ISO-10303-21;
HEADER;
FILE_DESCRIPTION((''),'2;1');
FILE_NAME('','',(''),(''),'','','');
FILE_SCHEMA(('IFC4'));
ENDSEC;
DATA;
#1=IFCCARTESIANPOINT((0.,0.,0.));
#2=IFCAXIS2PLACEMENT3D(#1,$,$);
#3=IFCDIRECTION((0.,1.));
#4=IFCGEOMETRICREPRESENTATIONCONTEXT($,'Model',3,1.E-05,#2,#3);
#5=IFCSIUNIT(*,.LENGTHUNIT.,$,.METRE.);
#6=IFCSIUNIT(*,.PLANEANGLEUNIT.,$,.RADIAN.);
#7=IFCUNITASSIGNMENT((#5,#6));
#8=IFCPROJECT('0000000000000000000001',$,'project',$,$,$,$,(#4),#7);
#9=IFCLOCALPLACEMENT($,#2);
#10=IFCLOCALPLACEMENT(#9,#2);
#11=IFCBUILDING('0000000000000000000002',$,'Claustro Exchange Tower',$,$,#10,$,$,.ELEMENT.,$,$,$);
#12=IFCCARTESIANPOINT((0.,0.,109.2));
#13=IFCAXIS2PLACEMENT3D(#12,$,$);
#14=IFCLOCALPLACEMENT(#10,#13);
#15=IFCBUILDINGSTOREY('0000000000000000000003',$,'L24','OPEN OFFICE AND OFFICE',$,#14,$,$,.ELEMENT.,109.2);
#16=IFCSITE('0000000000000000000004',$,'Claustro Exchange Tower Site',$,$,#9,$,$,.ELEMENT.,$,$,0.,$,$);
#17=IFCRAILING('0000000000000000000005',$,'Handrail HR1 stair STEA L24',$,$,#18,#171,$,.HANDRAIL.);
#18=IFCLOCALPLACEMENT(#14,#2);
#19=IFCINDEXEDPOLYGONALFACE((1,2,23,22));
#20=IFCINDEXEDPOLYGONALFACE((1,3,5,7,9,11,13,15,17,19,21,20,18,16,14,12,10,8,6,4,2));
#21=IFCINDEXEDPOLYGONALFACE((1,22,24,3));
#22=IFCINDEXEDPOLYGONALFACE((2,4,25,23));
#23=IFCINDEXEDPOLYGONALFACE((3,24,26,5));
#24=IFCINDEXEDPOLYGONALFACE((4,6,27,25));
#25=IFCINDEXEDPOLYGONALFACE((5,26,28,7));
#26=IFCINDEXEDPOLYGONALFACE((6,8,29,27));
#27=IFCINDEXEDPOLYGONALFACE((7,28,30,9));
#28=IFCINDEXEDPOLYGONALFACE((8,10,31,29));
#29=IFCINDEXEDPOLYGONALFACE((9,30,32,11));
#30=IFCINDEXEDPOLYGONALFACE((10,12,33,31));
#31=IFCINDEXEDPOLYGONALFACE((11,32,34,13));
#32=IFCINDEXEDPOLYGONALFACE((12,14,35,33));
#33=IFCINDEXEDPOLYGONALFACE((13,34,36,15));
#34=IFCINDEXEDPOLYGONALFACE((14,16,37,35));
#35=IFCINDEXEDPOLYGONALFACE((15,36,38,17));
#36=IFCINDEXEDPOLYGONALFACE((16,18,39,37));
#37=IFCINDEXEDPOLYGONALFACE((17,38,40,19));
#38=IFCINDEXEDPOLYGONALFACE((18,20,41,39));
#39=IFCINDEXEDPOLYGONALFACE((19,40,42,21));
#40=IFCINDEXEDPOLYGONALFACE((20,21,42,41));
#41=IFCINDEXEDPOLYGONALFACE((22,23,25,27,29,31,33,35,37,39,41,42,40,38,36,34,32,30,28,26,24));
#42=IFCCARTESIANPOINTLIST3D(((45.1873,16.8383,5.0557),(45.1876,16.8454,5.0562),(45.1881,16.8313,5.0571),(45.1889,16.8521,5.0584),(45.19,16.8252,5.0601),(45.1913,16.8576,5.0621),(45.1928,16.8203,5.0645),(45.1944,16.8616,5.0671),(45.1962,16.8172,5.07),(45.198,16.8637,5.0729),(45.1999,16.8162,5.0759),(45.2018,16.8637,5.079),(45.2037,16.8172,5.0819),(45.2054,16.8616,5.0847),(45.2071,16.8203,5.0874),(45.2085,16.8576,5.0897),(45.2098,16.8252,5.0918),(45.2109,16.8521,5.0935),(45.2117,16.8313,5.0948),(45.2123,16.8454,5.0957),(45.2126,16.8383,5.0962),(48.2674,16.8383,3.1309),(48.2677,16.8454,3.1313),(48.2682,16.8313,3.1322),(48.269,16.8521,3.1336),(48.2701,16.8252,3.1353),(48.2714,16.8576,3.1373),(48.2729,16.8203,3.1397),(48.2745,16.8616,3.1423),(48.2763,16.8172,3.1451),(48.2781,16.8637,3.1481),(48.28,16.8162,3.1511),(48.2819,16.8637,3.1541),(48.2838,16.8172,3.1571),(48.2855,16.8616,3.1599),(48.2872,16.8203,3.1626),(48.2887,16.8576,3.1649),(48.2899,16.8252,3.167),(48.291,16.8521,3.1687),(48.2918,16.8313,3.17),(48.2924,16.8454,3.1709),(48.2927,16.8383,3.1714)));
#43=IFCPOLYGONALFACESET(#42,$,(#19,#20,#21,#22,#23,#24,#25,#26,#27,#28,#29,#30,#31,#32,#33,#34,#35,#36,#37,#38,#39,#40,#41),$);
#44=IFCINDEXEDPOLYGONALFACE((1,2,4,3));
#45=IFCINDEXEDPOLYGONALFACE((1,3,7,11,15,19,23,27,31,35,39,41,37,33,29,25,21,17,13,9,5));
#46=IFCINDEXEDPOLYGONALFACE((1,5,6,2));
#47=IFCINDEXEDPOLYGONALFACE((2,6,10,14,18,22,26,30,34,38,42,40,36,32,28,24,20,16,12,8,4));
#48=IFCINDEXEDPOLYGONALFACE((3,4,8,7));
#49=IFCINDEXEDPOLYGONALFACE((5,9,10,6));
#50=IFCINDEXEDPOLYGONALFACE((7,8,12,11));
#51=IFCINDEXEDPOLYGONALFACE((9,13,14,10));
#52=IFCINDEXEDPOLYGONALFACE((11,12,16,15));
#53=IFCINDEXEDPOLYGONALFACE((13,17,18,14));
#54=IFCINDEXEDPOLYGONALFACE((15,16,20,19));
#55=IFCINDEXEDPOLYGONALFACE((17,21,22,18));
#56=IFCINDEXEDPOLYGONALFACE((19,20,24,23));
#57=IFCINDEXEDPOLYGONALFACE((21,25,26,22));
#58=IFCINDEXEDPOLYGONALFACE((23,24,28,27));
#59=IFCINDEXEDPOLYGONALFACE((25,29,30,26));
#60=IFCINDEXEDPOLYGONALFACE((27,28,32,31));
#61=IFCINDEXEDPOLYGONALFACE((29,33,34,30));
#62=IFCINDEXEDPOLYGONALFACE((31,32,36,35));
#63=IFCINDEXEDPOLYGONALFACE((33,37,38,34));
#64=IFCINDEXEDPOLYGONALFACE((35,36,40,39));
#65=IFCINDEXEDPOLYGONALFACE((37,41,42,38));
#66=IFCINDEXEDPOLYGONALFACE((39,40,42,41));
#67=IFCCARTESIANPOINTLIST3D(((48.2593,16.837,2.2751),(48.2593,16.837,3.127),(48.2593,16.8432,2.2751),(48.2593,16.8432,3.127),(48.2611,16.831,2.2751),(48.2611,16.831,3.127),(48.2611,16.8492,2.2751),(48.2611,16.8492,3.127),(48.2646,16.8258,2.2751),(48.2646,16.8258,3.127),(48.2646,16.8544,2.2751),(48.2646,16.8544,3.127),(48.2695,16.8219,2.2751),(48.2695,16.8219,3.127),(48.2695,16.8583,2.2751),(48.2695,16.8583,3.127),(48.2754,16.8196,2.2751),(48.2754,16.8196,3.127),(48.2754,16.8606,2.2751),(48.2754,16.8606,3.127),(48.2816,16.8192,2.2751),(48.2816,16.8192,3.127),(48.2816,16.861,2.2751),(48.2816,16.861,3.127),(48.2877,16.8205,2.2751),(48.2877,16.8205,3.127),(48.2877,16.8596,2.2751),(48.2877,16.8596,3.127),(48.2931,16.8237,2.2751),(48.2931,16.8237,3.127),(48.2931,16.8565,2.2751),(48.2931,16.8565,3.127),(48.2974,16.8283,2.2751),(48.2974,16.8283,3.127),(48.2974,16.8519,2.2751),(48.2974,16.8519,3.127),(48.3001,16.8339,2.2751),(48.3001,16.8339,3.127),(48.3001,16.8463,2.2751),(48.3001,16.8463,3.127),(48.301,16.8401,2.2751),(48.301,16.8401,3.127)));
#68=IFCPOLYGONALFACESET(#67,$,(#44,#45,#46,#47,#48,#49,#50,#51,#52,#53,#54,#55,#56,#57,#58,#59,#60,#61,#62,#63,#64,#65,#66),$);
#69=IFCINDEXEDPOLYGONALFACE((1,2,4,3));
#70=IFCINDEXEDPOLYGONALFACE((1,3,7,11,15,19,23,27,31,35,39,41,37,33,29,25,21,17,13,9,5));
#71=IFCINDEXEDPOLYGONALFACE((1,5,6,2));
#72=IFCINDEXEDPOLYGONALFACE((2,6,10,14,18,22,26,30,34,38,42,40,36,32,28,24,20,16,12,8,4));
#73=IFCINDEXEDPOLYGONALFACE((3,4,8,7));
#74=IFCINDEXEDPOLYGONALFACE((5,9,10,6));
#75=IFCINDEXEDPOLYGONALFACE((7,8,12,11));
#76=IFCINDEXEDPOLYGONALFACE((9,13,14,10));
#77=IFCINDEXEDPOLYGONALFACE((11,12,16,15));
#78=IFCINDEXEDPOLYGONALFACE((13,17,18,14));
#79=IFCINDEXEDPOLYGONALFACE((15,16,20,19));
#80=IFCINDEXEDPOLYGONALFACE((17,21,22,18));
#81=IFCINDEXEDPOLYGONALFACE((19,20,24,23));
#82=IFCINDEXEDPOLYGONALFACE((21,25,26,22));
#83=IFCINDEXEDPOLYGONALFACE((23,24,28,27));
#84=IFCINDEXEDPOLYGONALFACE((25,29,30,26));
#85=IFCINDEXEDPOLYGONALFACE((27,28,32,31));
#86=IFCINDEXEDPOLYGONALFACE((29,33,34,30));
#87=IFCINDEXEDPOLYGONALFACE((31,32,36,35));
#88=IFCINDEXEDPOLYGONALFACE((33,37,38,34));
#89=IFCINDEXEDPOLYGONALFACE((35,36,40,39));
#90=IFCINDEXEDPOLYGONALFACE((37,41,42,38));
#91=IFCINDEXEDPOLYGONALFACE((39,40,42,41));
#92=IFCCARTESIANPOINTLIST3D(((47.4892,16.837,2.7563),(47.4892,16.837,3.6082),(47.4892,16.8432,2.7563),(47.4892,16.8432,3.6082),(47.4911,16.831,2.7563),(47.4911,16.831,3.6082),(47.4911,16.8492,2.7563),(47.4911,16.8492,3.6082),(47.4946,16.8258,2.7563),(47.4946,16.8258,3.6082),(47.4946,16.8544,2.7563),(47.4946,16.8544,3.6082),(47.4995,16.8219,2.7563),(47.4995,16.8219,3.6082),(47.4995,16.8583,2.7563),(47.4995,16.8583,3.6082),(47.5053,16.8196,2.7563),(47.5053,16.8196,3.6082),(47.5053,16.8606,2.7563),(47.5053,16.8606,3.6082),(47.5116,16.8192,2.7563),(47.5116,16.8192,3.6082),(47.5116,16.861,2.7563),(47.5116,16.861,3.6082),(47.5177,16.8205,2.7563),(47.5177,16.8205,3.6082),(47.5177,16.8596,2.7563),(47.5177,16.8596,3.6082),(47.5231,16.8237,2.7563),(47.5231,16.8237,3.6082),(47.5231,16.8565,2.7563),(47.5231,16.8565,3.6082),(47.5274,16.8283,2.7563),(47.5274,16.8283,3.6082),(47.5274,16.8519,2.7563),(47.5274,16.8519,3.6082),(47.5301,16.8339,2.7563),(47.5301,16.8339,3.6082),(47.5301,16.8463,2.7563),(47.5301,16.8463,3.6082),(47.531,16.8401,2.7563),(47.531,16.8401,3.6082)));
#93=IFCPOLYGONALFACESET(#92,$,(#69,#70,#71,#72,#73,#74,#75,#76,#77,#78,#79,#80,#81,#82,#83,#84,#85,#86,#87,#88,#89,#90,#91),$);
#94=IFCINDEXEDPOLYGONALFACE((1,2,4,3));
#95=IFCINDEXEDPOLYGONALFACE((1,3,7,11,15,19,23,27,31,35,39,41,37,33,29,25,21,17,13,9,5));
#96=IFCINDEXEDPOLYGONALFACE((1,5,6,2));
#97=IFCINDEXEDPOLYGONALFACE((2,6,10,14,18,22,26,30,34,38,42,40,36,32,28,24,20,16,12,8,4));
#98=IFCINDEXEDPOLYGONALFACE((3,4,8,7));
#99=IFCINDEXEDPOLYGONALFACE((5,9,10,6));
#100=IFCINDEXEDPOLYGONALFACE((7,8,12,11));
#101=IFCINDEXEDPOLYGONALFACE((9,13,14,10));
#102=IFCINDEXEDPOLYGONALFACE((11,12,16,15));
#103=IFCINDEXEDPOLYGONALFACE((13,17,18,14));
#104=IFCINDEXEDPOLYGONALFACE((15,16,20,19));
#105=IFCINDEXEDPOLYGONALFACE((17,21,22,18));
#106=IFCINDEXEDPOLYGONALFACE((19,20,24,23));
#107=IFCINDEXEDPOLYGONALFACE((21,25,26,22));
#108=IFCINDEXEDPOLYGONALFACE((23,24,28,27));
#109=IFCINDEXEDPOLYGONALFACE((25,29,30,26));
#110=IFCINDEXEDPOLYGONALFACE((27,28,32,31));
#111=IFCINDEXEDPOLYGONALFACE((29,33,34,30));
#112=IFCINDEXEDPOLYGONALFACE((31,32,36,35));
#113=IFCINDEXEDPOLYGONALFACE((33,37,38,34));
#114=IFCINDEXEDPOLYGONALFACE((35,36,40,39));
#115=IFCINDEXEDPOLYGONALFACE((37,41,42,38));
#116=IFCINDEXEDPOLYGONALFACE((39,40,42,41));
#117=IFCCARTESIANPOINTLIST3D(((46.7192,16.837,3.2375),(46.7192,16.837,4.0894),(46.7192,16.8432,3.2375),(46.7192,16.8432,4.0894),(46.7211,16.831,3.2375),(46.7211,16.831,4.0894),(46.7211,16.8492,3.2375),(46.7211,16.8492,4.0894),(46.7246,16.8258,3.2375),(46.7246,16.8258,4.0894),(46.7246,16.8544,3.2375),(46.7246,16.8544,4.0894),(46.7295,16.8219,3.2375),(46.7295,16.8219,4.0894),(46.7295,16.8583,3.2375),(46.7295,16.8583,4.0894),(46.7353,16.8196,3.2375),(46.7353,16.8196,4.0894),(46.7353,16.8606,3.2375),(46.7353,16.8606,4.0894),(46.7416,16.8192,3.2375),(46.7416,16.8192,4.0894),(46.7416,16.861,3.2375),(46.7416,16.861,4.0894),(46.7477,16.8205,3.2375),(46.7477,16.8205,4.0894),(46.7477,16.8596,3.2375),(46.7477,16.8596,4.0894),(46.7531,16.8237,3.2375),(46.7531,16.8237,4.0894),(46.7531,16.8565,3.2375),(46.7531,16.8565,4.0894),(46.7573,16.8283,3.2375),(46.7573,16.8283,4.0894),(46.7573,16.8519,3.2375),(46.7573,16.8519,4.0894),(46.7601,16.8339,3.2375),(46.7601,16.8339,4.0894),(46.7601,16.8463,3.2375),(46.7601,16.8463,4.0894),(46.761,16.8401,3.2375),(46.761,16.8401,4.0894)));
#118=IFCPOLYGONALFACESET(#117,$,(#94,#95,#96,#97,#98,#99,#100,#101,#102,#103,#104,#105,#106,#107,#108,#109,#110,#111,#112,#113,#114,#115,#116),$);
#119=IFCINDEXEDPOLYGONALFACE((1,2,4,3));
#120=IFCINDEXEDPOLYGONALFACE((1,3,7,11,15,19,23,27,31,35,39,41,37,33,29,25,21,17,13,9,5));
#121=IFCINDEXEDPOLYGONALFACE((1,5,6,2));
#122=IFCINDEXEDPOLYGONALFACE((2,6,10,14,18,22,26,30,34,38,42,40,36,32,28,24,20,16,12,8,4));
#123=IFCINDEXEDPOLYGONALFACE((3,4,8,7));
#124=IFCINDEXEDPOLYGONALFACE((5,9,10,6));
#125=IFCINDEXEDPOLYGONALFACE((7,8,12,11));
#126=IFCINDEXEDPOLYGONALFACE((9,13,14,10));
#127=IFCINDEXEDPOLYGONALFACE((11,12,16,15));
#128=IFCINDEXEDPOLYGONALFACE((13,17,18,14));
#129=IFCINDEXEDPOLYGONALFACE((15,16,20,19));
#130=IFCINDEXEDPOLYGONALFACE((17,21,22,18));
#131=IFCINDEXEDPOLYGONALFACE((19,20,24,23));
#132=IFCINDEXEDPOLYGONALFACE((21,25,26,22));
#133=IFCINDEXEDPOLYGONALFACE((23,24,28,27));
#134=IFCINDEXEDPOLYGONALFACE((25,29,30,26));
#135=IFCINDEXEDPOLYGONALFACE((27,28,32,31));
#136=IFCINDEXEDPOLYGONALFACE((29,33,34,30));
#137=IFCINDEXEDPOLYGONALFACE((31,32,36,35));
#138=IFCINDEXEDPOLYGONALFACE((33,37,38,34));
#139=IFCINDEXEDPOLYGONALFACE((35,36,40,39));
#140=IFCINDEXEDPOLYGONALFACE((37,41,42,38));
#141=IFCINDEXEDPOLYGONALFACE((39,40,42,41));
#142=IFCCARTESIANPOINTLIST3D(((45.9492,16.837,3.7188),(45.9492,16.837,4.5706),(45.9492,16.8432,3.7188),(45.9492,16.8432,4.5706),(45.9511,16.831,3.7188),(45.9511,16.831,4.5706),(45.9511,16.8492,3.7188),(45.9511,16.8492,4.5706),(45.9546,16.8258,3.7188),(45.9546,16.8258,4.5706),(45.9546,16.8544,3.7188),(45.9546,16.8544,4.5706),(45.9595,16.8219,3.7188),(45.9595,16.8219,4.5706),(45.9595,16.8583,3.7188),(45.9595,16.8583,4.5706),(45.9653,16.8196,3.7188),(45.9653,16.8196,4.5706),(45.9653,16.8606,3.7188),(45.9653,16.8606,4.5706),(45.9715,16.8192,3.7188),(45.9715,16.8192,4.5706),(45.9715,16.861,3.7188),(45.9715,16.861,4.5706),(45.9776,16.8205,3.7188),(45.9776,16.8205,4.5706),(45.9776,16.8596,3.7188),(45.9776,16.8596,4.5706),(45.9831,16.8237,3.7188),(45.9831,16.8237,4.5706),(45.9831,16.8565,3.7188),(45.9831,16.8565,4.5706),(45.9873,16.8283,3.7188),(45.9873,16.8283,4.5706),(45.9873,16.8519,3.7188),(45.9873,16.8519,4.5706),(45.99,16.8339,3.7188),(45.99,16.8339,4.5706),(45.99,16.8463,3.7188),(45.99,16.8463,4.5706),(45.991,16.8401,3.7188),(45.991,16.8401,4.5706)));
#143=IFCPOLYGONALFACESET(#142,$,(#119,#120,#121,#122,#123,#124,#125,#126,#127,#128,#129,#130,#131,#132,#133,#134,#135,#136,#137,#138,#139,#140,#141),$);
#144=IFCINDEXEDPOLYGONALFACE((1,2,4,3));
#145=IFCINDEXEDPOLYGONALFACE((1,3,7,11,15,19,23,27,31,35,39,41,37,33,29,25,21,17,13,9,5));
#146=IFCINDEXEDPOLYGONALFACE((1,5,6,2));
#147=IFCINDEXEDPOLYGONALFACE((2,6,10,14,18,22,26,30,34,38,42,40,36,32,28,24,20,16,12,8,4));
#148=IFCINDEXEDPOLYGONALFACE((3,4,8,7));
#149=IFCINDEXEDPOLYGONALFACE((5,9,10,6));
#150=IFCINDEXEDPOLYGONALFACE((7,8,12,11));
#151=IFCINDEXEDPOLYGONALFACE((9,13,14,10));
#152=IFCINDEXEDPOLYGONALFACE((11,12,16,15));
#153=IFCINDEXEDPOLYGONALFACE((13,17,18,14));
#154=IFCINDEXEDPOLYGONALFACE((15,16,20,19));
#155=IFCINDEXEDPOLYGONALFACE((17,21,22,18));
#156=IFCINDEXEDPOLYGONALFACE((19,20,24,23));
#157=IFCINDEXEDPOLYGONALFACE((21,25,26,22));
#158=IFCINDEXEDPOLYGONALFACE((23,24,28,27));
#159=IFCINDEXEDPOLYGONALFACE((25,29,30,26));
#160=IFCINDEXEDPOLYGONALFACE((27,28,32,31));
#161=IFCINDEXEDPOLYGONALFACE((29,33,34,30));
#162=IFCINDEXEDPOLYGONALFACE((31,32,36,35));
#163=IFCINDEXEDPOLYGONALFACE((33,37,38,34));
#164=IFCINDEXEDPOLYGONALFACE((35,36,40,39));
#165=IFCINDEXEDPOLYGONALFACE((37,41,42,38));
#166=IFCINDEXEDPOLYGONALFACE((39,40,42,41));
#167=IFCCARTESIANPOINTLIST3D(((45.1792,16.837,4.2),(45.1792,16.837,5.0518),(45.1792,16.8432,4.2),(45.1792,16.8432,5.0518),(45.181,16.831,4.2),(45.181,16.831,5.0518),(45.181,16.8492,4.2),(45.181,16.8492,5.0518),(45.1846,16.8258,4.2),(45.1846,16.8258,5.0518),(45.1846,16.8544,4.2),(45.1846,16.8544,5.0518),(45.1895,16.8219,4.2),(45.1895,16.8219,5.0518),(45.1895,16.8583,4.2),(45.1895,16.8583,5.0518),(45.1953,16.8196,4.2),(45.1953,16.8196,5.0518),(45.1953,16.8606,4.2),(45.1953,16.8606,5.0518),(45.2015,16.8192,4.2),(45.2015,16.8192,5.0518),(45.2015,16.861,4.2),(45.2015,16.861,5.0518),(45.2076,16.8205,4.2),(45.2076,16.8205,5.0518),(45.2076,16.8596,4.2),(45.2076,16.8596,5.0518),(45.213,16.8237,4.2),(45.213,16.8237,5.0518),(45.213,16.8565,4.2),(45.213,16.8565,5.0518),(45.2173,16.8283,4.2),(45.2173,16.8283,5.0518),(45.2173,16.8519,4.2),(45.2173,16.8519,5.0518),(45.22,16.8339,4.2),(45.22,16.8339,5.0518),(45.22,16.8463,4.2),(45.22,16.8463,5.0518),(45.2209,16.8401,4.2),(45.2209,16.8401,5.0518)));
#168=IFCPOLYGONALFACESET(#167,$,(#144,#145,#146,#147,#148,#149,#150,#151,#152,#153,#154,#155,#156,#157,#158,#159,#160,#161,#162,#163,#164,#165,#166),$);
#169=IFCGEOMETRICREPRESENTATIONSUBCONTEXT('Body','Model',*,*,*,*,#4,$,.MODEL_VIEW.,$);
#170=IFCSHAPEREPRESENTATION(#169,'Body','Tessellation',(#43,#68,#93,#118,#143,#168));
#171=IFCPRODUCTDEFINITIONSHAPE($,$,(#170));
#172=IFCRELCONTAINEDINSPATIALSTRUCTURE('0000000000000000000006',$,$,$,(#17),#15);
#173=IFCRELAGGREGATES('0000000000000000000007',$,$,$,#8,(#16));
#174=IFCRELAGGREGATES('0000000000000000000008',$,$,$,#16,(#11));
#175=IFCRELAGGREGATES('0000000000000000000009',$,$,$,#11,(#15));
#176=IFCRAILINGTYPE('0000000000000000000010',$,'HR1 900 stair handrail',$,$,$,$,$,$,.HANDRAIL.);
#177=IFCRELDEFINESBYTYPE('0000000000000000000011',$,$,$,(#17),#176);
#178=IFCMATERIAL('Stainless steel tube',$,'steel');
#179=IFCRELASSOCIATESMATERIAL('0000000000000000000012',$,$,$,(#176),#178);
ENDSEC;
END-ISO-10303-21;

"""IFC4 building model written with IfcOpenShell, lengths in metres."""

from ifc_helpers import new_model, si_unit, direction, frame, origin, origin_2d, place, context, subcontext, project, spatial, circle, extrude, material, type_object, element, save


model = new_model("IFC4")

# Units and contexts
model_context = context("Model", 3, precision=1e-05, world=origin(), true_north=direction((0.0, 1.0)))
body_context = subcontext(model_context, "Body", "Model", "MODEL_VIEW")
ifc_project = project(units=[si_unit("LENGTHUNIT", "METRE"), si_unit("PLANEANGLEUNIT", "RADIAN")], contexts=[model_context])

# Site, building, storey
site_placement = place(None, origin())
site = spatial("IfcSite", under=ifc_project, at=site_placement, Name="Claustro Exchange Tower Site", CompositionType="ELEMENT", RefElevation=0.0)
building_placement = place(site_placement, origin())
building = spatial("IfcBuilding", under=site, at=building_placement, Name="Claustro Exchange Tower", CompositionType="ELEMENT")
storey_placement = place(building_placement, frame((0.0, 0.0, 109.2)))
storey = spatial("IfcBuildingStorey", under=building, at=storey_placement, Name="L24", Description="OPEN OFFICE AND OFFICE", CompositionType="ELEMENT", Elevation=109.2)

# Railing
ifc_material_1 = material(Name="Stainless steel tube", Category="steel")
railing_type_1 = type_object("IfcRailingType", Name="HR1 900 stair handrail", PredefinedType="HANDRAIL", material=ifc_material_1)
railing_1_placement = place(storey_placement, frame((48.28, 16.8401, 2.2751)))
element("IfcRailing", 1, at=railing_1_placement, inside=storey, type_object=railing_type_1, Name="Handrail HR1 stair STEA L24", PredefinedType="HANDRAIL", context=body_context, shape_type="SweptSolid", body=[
    extrude(circle(Radius=0.0239, at=origin_2d()), frame((0.0, 0.0, 0.876), z_axis=(-0.848029, 0.0, 0.529951), x_axis=(0.0, -1.0, 0.0)), (0.0, 0.0, 1.0), 3.6321),
    extrude(circle(Radius=0.021, at=origin_2d()), origin(), (0.0, 0.0, 1.0), 0.8518),
    extrude(circle(Radius=0.021, at=origin_2d()), frame((-0.77, 0.0, 0.4812)), (0.0, 0.0, 1.0), 0.8518),
    extrude(circle(Radius=0.021, at=origin_2d()), frame((-1.54, 0.0, 0.9624)), (0.0, 0.0, 1.0), 0.8518),
    extrude(circle(Radius=0.021, at=origin_2d()), frame((-2.3101, 0.0, 1.4436)), (0.0, 0.0, 1.0), 0.8518),
    extrude(circle(Radius=0.021, at=origin_2d()), frame((-3.0801, 0.0, 1.9248)), (0.0, 0.0, 1.0), 0.8518),
])

save(model, "model.ifc")
